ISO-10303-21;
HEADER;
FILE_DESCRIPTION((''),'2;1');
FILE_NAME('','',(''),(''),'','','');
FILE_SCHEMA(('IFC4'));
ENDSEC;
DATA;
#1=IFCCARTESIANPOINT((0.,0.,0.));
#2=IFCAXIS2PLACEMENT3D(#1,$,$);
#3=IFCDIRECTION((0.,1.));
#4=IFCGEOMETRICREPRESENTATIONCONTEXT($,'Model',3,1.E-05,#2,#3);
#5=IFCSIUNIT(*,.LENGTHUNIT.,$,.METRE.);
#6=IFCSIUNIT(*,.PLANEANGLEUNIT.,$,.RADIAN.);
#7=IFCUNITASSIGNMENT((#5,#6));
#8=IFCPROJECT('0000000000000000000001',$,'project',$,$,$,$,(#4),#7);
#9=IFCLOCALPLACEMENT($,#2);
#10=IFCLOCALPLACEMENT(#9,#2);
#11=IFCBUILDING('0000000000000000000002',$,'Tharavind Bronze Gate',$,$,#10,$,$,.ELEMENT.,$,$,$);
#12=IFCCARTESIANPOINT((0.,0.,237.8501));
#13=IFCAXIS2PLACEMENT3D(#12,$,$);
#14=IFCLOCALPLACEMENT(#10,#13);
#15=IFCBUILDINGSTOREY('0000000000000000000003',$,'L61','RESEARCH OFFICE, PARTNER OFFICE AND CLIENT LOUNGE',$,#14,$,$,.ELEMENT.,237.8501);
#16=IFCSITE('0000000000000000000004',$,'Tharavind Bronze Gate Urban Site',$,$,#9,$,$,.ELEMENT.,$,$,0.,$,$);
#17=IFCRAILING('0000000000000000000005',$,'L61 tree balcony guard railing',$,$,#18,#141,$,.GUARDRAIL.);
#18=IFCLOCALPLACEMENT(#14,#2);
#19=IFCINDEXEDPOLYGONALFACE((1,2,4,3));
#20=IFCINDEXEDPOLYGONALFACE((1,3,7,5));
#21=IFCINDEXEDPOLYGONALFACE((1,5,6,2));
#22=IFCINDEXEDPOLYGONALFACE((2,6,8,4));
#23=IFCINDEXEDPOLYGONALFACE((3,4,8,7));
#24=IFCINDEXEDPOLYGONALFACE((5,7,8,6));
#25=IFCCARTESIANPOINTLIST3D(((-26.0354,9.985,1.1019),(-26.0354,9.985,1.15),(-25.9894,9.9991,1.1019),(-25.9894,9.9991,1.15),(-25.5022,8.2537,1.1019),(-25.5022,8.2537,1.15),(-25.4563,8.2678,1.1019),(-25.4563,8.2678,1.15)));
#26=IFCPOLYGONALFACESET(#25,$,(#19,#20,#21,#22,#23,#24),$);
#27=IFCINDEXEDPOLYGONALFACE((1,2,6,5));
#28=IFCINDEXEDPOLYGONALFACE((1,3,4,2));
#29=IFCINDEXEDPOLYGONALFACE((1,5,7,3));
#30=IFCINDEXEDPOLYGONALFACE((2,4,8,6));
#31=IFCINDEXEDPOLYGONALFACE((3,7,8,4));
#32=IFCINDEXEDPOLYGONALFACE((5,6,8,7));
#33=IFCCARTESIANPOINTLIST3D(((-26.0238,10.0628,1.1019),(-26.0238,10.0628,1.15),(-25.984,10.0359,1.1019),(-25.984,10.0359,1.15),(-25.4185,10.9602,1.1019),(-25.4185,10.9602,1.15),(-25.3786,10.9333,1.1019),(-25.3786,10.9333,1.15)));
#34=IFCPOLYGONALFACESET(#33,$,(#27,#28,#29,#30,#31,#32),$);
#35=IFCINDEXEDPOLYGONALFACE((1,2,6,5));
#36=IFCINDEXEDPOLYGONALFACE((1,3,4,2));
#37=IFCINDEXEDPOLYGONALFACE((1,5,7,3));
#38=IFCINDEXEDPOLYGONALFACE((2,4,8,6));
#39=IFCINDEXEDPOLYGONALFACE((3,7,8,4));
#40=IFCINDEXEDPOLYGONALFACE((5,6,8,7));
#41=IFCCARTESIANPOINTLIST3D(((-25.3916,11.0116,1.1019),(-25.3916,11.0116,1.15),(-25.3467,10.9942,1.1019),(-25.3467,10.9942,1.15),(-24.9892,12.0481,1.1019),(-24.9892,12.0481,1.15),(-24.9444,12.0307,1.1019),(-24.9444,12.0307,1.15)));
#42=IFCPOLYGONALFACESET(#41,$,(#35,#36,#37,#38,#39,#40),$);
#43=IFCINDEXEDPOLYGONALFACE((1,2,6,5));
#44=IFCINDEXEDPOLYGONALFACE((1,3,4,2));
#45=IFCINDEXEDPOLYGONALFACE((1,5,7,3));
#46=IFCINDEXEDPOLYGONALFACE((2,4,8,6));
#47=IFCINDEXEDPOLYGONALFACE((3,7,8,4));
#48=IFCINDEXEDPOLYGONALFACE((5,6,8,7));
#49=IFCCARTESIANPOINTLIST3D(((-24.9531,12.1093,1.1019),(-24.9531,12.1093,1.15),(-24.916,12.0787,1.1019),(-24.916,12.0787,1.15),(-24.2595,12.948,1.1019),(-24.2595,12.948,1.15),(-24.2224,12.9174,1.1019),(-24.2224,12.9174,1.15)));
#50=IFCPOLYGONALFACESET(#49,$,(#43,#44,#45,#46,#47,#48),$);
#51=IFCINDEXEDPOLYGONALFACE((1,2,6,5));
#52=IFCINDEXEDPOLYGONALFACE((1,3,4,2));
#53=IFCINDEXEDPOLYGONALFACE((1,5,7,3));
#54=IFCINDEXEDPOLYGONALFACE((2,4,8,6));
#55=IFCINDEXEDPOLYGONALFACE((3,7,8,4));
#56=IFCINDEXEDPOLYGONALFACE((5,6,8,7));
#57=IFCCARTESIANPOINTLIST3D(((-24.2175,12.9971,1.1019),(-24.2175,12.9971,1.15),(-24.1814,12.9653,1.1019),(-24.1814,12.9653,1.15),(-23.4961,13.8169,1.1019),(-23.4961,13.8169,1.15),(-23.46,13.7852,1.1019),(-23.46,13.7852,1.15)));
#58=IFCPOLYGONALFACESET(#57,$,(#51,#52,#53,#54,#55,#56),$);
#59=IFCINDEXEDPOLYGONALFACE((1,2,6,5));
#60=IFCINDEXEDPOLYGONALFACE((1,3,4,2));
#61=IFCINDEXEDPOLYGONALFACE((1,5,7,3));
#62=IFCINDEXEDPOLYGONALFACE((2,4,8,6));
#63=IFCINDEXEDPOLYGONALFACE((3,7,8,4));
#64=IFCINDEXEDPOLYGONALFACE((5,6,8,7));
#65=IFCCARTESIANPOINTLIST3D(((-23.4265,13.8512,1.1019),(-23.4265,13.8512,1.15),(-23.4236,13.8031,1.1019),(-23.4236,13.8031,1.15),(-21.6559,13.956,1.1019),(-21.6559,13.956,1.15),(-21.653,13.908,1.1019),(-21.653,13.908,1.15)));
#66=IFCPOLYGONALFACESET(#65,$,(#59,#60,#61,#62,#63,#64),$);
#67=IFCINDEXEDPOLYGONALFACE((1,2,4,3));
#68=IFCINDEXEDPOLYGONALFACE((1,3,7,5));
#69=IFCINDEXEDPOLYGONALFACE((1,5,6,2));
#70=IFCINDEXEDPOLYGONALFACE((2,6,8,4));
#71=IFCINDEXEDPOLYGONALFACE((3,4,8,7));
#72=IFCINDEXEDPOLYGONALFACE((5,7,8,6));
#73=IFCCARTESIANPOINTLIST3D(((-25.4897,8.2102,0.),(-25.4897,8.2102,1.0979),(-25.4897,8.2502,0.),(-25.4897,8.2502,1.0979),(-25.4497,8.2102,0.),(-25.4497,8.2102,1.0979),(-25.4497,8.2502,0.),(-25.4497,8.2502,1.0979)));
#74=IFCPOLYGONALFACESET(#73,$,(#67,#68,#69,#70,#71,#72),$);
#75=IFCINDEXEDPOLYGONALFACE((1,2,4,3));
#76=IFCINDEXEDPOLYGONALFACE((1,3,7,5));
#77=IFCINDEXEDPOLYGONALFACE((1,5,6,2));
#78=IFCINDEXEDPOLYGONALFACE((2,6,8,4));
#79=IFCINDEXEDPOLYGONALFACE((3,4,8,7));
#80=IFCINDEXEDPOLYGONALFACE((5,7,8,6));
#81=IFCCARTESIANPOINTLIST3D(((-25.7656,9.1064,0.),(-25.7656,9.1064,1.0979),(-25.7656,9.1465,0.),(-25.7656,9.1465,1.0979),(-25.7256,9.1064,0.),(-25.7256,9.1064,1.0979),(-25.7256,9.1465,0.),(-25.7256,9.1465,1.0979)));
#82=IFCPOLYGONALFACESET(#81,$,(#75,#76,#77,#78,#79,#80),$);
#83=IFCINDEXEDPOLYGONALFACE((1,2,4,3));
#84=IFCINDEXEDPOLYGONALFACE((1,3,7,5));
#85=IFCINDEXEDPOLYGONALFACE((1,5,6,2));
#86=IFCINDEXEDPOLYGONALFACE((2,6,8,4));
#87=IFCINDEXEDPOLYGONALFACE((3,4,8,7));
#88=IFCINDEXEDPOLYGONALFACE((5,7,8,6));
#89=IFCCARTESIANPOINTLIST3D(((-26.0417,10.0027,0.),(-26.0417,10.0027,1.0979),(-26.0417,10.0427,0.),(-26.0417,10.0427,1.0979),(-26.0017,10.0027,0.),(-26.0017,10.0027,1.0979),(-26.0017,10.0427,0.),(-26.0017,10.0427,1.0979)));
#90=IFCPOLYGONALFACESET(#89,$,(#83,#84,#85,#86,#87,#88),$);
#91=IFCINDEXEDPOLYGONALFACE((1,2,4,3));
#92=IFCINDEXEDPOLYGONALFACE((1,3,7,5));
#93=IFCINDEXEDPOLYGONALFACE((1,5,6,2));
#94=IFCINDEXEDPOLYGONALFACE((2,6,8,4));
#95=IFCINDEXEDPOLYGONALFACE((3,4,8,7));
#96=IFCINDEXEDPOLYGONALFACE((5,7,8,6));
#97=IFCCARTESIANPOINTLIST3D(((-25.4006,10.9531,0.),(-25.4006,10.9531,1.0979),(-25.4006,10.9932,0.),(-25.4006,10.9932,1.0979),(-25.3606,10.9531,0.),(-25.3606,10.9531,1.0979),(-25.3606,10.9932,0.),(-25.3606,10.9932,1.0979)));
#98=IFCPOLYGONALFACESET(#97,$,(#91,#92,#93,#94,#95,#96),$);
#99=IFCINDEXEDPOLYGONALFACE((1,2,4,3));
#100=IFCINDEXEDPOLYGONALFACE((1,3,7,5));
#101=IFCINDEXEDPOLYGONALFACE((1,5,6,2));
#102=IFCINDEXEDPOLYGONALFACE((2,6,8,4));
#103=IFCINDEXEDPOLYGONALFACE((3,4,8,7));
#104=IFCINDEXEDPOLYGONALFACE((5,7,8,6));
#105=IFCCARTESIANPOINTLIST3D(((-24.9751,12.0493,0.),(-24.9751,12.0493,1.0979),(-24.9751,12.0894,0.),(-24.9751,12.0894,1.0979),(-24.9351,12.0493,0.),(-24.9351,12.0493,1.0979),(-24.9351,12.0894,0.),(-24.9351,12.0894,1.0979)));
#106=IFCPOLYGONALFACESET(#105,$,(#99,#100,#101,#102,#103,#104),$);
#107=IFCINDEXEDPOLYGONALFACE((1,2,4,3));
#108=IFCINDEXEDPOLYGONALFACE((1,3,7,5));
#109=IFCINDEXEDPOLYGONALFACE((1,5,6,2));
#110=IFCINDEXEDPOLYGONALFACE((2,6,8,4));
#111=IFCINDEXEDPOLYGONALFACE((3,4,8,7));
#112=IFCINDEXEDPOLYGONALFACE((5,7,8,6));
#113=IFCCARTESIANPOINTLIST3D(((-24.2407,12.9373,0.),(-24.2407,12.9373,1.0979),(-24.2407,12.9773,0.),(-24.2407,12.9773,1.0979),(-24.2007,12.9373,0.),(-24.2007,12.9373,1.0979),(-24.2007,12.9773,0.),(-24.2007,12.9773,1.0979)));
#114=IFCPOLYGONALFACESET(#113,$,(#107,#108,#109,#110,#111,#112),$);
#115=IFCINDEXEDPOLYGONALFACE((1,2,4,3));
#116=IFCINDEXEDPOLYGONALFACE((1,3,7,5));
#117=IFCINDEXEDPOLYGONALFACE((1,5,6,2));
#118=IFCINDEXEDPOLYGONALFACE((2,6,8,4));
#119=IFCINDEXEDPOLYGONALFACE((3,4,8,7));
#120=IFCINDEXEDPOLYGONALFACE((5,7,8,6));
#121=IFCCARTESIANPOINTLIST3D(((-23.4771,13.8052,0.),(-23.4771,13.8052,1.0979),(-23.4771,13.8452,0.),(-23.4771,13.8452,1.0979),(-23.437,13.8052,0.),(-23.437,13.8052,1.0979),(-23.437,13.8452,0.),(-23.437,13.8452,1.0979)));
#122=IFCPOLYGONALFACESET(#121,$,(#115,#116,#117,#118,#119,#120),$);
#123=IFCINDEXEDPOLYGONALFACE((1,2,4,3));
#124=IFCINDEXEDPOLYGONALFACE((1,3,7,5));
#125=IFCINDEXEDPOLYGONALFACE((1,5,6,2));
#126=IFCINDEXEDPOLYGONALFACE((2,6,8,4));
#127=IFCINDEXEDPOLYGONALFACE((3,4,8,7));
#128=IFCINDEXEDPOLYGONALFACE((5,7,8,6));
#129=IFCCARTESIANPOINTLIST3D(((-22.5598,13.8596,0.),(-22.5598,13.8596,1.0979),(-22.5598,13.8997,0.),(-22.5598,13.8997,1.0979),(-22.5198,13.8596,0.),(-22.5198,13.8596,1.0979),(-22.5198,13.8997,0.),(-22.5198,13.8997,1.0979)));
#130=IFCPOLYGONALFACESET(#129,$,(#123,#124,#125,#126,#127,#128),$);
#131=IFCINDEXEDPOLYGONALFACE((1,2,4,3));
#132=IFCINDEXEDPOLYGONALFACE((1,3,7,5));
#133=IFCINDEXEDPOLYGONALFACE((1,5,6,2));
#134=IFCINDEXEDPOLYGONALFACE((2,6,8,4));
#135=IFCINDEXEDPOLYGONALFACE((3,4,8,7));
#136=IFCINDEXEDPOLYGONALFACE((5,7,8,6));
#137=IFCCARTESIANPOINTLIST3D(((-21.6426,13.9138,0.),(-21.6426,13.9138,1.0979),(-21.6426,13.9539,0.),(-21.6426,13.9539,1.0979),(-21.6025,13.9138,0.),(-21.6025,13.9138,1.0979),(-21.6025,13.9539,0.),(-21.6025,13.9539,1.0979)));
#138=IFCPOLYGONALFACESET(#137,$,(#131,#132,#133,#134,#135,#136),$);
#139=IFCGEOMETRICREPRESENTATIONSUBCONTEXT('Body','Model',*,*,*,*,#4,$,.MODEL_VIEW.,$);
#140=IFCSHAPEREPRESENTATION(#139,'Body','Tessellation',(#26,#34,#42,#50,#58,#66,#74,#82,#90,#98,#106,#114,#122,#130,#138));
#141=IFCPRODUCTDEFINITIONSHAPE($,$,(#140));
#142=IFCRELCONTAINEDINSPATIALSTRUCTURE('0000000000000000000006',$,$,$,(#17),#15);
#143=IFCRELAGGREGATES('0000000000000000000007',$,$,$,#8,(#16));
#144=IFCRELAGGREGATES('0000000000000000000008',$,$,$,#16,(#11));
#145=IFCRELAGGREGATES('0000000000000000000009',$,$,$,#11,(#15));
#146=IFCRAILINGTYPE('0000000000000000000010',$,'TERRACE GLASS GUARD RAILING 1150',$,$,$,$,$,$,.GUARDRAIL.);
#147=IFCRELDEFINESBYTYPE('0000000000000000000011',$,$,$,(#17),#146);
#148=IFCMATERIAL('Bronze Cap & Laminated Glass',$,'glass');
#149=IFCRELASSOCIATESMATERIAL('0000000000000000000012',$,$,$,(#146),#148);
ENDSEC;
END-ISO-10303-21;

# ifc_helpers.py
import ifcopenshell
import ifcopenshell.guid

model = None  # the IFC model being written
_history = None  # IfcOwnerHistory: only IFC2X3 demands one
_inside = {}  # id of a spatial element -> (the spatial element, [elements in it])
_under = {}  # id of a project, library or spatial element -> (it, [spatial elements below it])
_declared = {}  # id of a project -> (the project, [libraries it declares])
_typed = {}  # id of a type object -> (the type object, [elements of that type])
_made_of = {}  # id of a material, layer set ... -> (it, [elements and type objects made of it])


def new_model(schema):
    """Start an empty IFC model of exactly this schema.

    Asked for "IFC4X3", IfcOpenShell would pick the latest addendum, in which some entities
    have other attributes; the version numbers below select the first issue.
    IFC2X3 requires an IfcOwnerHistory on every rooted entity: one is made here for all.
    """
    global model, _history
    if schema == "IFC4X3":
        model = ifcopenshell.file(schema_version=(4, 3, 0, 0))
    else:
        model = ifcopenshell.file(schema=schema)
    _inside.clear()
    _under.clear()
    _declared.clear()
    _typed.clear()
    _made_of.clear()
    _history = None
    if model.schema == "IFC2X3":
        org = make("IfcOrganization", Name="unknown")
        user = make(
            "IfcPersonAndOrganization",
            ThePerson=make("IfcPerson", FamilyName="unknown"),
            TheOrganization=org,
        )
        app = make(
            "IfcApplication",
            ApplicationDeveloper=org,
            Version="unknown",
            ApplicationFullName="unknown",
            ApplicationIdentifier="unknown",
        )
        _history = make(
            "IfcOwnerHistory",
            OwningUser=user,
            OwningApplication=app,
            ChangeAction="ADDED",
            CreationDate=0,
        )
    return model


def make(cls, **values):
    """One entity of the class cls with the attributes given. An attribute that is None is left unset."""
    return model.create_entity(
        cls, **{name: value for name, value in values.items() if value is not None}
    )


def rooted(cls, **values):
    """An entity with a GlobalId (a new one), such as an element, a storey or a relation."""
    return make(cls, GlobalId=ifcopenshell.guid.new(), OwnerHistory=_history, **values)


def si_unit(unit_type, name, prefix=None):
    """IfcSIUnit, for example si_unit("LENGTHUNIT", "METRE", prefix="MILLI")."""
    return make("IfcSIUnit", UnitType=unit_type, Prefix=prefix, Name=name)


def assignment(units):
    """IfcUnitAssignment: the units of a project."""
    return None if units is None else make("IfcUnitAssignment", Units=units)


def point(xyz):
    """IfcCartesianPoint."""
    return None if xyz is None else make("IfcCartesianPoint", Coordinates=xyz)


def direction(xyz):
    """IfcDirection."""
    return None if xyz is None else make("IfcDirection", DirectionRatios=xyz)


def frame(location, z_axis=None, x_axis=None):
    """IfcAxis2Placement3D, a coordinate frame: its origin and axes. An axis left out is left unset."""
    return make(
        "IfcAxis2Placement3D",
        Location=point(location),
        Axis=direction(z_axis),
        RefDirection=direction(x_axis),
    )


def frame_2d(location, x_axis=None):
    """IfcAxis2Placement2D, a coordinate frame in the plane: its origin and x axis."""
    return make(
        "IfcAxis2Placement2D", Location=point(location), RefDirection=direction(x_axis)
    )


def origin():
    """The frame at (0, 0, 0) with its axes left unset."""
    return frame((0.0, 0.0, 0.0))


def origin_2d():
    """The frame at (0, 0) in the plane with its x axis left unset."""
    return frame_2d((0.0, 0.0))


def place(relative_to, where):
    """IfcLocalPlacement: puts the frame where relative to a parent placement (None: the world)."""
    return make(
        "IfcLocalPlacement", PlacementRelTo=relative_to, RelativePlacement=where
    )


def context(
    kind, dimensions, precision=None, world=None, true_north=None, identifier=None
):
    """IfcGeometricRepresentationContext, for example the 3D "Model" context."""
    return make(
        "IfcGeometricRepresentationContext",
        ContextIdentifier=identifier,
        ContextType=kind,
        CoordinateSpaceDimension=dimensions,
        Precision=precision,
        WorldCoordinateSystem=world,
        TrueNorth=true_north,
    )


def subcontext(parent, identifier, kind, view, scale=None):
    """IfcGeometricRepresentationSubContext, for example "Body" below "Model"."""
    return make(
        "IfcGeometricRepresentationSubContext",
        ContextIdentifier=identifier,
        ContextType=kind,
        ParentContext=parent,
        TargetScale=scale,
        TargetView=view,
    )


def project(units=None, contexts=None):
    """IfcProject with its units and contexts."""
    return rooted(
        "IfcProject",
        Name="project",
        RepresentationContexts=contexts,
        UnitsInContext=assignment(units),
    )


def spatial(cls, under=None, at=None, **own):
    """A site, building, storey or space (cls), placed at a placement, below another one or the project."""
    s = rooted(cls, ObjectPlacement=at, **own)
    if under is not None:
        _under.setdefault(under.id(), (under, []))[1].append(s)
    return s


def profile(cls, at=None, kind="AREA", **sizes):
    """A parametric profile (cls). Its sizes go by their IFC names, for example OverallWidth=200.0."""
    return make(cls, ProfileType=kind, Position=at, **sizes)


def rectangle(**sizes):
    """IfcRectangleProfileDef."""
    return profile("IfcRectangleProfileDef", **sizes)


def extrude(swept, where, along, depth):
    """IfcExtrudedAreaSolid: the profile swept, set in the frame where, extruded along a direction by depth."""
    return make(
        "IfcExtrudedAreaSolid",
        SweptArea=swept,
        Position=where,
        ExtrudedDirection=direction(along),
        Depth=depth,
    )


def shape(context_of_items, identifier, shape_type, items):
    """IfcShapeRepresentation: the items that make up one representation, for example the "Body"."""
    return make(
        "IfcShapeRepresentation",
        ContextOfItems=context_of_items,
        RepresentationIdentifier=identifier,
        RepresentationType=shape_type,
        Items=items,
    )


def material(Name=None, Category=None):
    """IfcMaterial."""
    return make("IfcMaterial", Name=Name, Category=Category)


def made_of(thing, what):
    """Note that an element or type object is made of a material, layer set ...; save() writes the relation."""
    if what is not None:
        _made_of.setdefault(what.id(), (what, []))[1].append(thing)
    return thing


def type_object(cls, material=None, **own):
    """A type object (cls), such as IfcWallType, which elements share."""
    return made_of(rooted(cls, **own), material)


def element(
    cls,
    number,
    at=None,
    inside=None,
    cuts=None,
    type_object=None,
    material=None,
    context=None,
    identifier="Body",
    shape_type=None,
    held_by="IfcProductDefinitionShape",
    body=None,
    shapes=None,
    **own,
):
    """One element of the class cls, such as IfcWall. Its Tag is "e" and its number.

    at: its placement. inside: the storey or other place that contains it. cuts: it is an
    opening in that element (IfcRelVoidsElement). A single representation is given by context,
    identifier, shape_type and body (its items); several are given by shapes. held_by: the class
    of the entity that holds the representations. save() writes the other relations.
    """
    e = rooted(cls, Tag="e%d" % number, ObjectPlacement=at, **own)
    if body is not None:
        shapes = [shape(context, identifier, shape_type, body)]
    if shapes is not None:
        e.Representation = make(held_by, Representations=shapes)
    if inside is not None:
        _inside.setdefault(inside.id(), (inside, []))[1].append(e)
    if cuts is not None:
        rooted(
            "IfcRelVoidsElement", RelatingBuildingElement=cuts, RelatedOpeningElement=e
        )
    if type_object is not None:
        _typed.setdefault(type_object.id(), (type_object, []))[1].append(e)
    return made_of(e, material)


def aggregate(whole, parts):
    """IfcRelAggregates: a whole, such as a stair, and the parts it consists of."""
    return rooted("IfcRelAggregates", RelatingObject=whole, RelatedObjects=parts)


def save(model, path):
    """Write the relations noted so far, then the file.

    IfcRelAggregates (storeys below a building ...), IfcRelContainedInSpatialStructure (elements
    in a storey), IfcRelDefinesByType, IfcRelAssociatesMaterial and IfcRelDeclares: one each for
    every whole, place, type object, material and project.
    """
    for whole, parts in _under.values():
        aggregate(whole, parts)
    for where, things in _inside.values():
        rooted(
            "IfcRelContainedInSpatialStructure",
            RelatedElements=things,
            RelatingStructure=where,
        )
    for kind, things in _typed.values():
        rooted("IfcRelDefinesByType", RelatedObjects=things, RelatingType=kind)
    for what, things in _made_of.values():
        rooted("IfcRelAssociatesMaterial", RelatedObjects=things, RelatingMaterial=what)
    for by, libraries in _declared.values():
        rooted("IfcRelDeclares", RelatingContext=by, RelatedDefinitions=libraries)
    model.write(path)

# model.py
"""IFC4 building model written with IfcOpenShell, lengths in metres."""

from ifc_helpers import new_model, si_unit, direction, frame, origin, origin_2d, place, context, subcontext, project, spatial, rectangle, extrude, material, type_object, element, save


model = new_model("IFC4")

# Units and contexts
model_context = context("Model", 3, precision=1e-05, world=origin(), true_north=direction((0.0, 1.0)))
body_context = subcontext(model_context, "Body", "Model", "MODEL_VIEW")
ifc_project = project(units=[si_unit("LENGTHUNIT", "METRE"), si_unit("PLANEANGLEUNIT", "RADIAN")], contexts=[model_context])

# Site, building, storey
site_placement = place(None, origin())
site = spatial("IfcSite", under=ifc_project, at=site_placement, Name="Tharavind Bronze Gate Urban Site", CompositionType="ELEMENT", RefElevation=0.0)
building_placement = place(site_placement, origin())
building = spatial("IfcBuilding", under=site, at=building_placement, Name="Tharavind Bronze Gate", CompositionType="ELEMENT")
storey_placement = place(building_placement, frame((0.0, 0.0, 237.8501)))
storey = spatial("IfcBuildingStorey", under=building, at=storey_placement, Name="L61", Description="RESEARCH OFFICE, PARTNER OFFICE AND CLIENT LOUNGE", CompositionType="ELEMENT", Elevation=237.8501)

# Railing
ifc_material_1 = material(Name="Bronze Cap & Laminated Glass", Category="glass")
railing_type = type_object("IfcRailingType", Name="TERRACE GLASS GUARD RAILING 1150", PredefinedType="GUARDRAIL", material=ifc_material_1)
railing_placement = place(storey_placement, frame((-25.4697, 8.2302, 0.0)))
element("IfcRailing", 1, at=railing_placement, inside=storey, type_object=railing_type, Name="L61 tree balcony guard railing", PredefinedType="GUARDRAIL", context=body_context, shape_type="SweptSolid", body=[
    extrude(rectangle(XDim=0.0481, YDim=0.0481, at=origin_2d()), frame((-0.0095, 0.0305, 1.126), z_axis=(-0.294315, 0.955709, 0.0), x_axis=(-0.955709, -0.294315, 0.0)), (0.0, 0.0, 1.0), 1.8115),
    extrude(rectangle(XDim=0.0481, YDim=0.0481, at=origin_2d()), frame((-0.5342, 1.8191, 1.126), z_axis=(0.559213, 0.829024, 0.0), x_axis=(-0.829024, 0.559213, 0.0)), (0.0, 0.0, 1.0), 1.0825),
    extrude(rectangle(XDim=0.0481, YDim=0.0481, at=origin_2d()), frame((0.1006, 2.7727, 1.126), z_axis=(0.361885, 0.932223, 0.0), x_axis=(-0.932223, 0.361885, 0.0)), (0.0, 0.0, 1.0), 1.1118),
    extrude(rectangle(XDim=0.0481, YDim=0.0481, at=origin_2d()), frame((0.5352, 3.8638, 1.126), z_axis=(0.637325, 0.770595, 0.0), x_axis=(-0.770595, 0.637325, 0.0)), (0.0, 0.0, 1.0), 1.0884),
    extrude(rectangle(XDim=0.0481, YDim=0.0481, at=origin_2d()), frame((1.2703, 4.751, 1.126), z_axis=(0.66058, 0.750755, 0.0), x_axis=(-0.750755, 0.66058, 0.0)), (0.0, 0.0, 1.0), 1.092),
    extrude(rectangle(XDim=0.0481, YDim=0.0481, at=origin_2d()), frame((2.0447, 5.5969, 1.126), z_axis=(0.998251, 0.059119, 0.0), x_axis=(-0.059119, 0.998251, 0.0)), (0.0, 0.0, 1.0), 1.7737),
    extrude(rectangle(XDim=0.04, YDim=0.04, at=origin_2d()), origin(), (0.0, 0.0, 1.0), 1.0979),
    extrude(rectangle(XDim=0.04, YDim=0.04, at=origin_2d()), frame((-0.2759, 0.8962, 0.0)), (0.0, 0.0, 1.0), 1.0979),
    extrude(rectangle(XDim=0.04, YDim=0.04, at=origin_2d()), frame((-0.552, 1.7925, 0.0)), (0.0, 0.0, 1.0), 1.0979),
    extrude(rectangle(XDim=0.04, YDim=0.04, at=origin_2d()), frame((0.0891, 2.7429, 0.0)), (0.0, 0.0, 1.0), 1.0979),
    extrude(rectangle(XDim=0.04, YDim=0.04, at=origin_2d()), frame((0.5146, 3.8391, 0.0)), (0.0, 0.0, 1.0), 1.0979),
    extrude(rectangle(XDim=0.04, YDim=0.04, at=origin_2d()), frame((1.249, 4.7271, 0.0)), (0.0, 0.0, 1.0), 1.0979),
    extrude(rectangle(XDim=0.04, YDim=0.04, at=origin_2d()), frame((2.0127, 5.595, 0.0)), (0.0, 0.0, 1.0), 1.0979),
    extrude(rectangle(XDim=0.04, YDim=0.04, at=origin_2d()), frame((2.9299, 5.6494, 0.0)), (0.0, 0.0, 1.0), 1.0979),
    extrude(rectangle(XDim=0.04, YDim=0.04, at=origin_2d()), frame((3.8472, 5.7036, 0.0)), (0.0, 0.0, 1.0), 1.0979),
])

save(model, "model.ifc")
